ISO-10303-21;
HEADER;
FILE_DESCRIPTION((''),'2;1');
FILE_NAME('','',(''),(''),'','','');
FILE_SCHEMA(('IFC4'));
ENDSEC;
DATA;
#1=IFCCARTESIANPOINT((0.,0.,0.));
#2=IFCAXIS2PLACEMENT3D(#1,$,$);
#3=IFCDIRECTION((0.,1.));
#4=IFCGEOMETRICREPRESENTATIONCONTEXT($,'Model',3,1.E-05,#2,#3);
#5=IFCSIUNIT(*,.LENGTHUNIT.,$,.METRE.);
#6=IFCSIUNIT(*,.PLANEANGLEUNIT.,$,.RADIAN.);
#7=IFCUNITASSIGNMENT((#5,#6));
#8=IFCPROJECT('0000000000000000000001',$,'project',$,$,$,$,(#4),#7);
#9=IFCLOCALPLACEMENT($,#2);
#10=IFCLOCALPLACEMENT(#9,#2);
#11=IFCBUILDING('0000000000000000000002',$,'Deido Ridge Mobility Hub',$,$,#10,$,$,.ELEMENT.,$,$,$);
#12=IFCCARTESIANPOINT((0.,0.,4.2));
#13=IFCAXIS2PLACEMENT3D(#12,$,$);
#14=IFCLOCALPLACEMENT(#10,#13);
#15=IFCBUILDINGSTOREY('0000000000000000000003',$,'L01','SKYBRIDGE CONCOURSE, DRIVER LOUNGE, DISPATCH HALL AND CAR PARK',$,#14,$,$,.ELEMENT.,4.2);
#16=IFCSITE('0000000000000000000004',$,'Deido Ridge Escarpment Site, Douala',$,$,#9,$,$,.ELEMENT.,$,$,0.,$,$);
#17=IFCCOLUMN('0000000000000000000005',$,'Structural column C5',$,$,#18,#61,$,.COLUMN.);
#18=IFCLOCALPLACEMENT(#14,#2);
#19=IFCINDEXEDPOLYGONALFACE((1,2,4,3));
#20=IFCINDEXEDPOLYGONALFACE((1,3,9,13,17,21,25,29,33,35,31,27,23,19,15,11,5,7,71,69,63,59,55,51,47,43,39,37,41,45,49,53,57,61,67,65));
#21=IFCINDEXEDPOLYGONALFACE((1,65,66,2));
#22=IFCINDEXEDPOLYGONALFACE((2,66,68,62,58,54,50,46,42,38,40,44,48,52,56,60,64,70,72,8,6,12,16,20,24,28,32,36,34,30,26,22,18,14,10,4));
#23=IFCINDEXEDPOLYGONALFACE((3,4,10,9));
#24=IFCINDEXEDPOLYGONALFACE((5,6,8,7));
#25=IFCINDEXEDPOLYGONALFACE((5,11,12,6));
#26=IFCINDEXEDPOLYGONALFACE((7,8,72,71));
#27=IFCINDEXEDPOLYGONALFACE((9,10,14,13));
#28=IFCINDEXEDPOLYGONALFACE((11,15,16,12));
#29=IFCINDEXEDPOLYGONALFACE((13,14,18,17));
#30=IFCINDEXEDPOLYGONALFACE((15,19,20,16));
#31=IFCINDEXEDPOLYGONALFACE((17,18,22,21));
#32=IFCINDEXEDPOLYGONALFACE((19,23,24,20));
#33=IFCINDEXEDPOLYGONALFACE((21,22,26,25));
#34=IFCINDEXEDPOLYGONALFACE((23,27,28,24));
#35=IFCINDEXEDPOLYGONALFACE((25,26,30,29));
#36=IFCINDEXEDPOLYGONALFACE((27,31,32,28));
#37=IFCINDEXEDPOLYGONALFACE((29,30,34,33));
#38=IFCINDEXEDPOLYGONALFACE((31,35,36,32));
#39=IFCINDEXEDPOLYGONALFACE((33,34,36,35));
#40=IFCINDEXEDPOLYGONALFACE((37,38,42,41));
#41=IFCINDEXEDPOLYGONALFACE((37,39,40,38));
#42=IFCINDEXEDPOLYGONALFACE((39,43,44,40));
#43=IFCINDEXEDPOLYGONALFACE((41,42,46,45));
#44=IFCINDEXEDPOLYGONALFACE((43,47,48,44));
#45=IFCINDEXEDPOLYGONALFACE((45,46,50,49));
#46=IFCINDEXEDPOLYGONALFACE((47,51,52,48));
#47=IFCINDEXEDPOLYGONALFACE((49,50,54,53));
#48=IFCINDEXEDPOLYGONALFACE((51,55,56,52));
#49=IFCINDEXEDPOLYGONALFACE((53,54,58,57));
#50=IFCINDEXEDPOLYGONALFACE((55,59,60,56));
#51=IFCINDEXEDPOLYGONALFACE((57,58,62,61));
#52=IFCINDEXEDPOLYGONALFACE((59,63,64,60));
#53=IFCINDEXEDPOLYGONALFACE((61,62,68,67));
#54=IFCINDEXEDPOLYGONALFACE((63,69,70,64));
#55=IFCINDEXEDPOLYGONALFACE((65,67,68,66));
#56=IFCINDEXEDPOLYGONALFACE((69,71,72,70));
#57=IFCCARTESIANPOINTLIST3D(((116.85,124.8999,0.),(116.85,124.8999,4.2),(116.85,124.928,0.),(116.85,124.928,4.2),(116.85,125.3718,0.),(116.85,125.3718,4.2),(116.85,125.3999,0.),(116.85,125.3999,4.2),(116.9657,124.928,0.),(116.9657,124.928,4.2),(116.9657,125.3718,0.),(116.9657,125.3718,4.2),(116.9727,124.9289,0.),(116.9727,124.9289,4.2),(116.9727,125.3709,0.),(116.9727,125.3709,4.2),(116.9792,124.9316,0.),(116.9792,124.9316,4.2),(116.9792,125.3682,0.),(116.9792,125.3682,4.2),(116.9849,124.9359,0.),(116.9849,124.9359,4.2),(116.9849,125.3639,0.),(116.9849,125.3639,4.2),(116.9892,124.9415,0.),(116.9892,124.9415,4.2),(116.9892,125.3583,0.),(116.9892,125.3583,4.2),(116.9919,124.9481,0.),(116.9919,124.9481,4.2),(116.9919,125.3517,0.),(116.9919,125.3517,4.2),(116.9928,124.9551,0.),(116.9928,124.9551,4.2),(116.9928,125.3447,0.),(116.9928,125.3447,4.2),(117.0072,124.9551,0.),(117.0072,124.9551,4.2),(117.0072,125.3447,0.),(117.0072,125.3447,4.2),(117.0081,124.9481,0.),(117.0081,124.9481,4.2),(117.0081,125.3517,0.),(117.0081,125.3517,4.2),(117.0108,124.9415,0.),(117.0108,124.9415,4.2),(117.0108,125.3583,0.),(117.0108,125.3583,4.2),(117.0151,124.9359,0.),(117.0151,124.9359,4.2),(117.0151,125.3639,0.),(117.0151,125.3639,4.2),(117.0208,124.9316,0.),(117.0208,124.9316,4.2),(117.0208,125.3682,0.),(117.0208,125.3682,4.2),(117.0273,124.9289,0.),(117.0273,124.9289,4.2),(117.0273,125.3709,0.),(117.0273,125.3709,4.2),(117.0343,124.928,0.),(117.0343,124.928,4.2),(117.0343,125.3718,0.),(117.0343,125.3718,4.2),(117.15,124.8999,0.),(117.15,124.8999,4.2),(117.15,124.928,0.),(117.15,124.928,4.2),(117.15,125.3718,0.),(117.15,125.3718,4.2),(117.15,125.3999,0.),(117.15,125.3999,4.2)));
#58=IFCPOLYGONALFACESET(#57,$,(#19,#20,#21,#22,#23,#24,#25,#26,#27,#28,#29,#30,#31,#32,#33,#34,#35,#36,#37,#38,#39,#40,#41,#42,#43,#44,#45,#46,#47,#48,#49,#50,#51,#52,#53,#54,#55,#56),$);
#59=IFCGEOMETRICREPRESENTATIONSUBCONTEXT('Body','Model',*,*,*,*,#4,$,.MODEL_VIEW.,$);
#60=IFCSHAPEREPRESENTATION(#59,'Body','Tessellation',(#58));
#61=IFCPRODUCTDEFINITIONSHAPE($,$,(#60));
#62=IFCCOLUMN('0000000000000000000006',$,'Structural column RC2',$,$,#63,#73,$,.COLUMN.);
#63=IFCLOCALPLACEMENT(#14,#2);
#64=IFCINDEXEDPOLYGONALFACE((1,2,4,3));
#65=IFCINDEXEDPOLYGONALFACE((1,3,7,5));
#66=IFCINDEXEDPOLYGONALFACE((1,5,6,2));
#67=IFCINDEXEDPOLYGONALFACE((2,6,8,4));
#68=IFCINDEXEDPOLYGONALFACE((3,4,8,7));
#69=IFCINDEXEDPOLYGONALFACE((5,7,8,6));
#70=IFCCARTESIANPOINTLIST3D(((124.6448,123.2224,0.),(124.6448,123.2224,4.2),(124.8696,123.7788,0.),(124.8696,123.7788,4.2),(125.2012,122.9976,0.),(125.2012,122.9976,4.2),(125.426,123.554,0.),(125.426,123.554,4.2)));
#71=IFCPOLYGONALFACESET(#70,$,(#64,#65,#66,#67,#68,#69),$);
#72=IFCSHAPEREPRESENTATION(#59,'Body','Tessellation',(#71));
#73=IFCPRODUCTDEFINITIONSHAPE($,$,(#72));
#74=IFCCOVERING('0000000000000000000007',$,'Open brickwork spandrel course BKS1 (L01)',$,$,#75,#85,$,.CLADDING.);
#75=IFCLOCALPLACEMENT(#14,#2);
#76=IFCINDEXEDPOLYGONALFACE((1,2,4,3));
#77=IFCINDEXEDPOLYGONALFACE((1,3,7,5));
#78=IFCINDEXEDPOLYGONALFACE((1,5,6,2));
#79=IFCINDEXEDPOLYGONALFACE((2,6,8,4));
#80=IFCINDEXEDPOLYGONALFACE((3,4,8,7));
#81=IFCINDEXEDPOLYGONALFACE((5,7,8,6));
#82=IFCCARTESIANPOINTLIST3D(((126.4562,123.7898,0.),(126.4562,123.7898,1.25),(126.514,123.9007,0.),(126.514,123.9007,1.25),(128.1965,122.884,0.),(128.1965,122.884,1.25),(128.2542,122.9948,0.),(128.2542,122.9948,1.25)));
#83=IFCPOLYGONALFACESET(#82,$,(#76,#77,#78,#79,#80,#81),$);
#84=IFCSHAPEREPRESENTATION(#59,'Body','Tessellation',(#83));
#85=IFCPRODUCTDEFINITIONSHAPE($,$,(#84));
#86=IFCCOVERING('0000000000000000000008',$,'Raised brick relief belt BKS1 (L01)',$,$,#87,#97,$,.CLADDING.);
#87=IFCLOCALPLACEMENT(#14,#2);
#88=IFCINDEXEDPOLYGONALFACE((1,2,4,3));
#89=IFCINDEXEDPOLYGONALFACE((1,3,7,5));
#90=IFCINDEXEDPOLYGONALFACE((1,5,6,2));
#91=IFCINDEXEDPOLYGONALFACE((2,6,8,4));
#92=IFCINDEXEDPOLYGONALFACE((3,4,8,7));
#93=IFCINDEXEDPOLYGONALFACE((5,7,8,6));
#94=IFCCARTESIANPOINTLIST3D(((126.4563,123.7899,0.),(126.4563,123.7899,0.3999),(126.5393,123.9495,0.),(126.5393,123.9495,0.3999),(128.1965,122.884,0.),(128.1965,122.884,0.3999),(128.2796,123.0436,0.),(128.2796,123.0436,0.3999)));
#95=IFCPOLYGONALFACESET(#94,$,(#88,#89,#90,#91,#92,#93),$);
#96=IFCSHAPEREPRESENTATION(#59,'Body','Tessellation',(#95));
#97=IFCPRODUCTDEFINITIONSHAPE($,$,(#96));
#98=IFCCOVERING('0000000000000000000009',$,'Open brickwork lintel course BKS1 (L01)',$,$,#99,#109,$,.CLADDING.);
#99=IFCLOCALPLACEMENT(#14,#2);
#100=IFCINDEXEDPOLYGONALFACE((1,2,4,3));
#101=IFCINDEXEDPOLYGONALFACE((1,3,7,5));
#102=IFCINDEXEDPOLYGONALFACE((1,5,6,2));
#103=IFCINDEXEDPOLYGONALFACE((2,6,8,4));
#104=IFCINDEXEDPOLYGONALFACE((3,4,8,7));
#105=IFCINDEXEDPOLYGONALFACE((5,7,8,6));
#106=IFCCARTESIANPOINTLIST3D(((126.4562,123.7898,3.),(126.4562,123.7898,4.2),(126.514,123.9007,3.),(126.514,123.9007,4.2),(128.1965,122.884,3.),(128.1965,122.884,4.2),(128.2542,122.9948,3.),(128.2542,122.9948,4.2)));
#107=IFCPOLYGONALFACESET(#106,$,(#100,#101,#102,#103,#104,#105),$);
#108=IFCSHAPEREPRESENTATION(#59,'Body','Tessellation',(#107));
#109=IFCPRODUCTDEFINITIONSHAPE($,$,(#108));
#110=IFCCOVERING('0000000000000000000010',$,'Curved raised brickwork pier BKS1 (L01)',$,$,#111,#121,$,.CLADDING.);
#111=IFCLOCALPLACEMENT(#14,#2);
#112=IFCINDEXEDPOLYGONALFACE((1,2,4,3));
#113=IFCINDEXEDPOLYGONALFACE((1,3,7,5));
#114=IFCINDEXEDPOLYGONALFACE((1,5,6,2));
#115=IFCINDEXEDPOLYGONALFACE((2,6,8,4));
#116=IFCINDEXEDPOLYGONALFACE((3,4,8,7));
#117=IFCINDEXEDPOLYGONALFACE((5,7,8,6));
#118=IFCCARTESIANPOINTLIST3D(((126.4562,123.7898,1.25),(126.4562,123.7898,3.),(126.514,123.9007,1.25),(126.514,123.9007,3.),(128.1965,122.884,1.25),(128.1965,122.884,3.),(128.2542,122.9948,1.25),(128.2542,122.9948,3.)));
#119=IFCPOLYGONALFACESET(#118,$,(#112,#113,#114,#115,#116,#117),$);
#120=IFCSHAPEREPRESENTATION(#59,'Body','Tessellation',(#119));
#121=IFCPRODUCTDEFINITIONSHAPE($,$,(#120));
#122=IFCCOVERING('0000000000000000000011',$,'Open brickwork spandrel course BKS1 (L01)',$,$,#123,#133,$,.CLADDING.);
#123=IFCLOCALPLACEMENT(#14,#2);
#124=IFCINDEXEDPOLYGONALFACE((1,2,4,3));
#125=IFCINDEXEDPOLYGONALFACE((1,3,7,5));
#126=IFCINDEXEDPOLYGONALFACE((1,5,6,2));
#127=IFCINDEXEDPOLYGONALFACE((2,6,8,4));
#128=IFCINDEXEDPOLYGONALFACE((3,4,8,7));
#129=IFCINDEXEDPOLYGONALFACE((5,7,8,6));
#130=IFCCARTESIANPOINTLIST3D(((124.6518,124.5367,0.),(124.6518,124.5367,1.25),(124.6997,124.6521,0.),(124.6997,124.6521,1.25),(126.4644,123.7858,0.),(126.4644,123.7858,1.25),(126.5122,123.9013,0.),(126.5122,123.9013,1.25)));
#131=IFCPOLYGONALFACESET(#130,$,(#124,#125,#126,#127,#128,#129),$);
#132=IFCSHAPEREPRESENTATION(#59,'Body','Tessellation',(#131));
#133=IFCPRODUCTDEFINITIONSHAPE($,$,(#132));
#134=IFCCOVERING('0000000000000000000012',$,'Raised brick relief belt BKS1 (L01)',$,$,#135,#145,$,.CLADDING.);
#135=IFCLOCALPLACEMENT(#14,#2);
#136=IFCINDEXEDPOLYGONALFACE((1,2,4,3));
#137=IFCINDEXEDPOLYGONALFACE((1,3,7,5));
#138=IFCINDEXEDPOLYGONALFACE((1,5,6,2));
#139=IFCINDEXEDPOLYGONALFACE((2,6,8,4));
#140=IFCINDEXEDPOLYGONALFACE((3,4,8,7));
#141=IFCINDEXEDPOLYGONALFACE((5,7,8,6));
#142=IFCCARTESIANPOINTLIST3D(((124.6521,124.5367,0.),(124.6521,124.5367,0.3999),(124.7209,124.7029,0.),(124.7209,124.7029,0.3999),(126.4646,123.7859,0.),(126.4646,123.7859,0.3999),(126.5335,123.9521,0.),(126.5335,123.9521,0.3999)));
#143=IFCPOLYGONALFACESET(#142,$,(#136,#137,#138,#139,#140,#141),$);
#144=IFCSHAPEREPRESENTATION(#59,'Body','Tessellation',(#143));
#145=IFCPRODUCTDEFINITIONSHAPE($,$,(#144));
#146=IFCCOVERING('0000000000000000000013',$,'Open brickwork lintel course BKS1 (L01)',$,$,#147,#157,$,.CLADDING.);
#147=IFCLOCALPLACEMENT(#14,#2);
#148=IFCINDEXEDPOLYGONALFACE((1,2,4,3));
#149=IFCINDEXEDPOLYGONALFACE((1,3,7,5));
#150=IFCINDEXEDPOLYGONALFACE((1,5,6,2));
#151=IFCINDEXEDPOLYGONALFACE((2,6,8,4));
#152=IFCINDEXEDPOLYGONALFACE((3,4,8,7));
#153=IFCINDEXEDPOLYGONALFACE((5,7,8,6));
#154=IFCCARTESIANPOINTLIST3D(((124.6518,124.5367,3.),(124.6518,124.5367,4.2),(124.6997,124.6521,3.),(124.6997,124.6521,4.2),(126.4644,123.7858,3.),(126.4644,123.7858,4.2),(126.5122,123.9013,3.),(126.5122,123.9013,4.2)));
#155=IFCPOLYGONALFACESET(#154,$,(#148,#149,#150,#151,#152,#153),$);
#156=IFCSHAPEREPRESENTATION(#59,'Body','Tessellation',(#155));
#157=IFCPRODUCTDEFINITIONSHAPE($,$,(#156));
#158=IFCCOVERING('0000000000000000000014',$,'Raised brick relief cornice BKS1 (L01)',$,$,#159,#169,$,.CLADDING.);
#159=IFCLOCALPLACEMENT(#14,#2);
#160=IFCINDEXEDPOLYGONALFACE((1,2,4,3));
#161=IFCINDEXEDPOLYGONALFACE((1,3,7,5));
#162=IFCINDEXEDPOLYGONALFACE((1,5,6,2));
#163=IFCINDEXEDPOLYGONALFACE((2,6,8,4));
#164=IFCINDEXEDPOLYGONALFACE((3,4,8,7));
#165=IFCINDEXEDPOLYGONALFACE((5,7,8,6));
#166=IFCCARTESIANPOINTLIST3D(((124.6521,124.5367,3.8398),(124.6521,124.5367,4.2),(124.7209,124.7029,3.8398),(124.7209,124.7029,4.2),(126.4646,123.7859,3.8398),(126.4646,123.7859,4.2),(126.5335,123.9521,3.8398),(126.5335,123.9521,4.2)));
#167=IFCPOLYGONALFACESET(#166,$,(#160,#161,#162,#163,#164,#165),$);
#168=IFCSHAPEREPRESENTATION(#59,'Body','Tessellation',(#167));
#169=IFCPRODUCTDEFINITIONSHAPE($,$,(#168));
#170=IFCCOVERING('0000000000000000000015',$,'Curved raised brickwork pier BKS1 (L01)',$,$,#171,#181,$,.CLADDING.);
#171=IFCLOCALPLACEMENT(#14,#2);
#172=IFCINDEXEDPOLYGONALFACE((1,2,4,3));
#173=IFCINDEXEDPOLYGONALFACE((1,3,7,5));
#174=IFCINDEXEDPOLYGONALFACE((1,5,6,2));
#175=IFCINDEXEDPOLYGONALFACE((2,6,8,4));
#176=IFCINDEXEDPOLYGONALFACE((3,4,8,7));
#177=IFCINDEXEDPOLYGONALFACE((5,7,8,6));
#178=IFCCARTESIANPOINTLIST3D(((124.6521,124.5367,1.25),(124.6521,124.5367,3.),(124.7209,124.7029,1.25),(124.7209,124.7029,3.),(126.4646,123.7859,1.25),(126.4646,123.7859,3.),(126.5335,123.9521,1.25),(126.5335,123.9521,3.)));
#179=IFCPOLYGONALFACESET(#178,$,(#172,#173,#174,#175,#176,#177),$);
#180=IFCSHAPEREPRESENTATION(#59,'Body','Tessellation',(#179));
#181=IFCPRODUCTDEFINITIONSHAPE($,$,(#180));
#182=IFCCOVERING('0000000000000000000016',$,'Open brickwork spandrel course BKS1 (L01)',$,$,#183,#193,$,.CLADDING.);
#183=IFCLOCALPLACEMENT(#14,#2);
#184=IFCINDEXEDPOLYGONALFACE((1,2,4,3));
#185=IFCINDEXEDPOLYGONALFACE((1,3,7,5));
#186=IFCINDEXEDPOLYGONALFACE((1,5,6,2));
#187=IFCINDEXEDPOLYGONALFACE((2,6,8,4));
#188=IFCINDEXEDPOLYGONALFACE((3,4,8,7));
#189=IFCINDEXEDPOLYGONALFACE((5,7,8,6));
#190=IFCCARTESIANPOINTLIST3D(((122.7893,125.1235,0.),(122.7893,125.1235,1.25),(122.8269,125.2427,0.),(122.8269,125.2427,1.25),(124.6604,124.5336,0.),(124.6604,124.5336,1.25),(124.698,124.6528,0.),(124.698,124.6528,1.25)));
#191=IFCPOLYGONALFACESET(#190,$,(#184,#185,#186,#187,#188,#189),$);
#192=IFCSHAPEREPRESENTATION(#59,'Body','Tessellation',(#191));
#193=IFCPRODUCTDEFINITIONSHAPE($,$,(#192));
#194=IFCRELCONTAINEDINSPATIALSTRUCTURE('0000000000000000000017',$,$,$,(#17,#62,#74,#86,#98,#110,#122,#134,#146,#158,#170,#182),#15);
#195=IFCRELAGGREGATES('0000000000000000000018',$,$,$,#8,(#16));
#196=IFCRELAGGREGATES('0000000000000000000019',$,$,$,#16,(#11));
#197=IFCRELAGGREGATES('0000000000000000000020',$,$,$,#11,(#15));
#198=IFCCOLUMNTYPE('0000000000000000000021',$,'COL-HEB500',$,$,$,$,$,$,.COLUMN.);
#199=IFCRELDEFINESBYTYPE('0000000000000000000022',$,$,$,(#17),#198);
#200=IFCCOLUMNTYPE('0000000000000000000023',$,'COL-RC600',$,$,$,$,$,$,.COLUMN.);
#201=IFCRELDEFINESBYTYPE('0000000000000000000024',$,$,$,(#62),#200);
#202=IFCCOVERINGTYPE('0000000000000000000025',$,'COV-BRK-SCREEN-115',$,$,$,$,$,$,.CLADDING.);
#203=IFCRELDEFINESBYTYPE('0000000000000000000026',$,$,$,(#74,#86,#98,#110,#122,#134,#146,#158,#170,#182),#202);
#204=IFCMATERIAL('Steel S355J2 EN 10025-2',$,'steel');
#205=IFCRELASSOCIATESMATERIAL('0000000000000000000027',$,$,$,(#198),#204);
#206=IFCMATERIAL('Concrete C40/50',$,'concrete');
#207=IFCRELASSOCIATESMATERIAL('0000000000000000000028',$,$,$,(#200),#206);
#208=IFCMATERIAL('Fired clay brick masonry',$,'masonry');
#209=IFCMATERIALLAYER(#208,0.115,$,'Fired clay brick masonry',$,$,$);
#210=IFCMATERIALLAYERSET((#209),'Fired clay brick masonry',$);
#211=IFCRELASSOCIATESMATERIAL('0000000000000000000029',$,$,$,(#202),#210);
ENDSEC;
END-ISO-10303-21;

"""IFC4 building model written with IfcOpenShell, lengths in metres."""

from ifc_helpers import new_model, si_unit, direction, frame, origin, origin_2d, place, context, subcontext, project, spatial, rectangle, i_section, extrude, material, layer, layer_set, material_profile, profile_set, type_object, element, save


model = new_model("IFC4")

# Units and contexts
model_context = context("Model", 3, precision=1e-05, world=origin(), true_north=direction((0.0, 1.0)))
body_context = subcontext(model_context, "Body", "Model", "MODEL_VIEW")
ifc_project = project(units=[si_unit("LENGTHUNIT", "METRE"), si_unit("PLANEANGLEUNIT", "RADIAN")], contexts=[model_context])

# Site, building, storey
site_placement = place(None, origin())
site = spatial("IfcSite", under=ifc_project, at=site_placement, Name="Deido Ridge Escarpment Site, Douala", CompositionType="ELEMENT", RefElevation=0.0)
building_placement = place(site_placement, origin())
building = spatial("IfcBuilding", under=site, at=building_placement, Name="Deido Ridge Mobility Hub", CompositionType="ELEMENT")
storey_placement = place(building_placement, frame((0.0, 0.0, 4.2)))
storey = spatial("IfcBuildingStorey", under=building, at=storey_placement, Name="L01", Description="SKYBRIDGE CONCOURSE, DRIVER LOUNGE, DISPATCH HALL AND CAR PARK", CompositionType="ELEMENT", Elevation=4.2)

# Columns
ifc_material_1 = material(Name="Steel S355J2 EN 10025-2", Category="steel")
ifc_material_profile_1 = material_profile(ifc_material_1, i_section(OverallWidth=0.3, OverallDepth=0.5, WebThickness=0.0144, FlangeThickness=0.0281, FilletRadius=0.0271, at=origin_2d()), Name="HEB 500")
ifc_profile_set_1 = profile_set([ifc_material_profile_1], Name="Steel S355J2 EN 10025-2")
column_type_1 = type_object("IfcColumnType", Name="COL-HEB500", PredefinedType="COLUMN", material=ifc_profile_set_1)
column_1_placement = place(storey_placement, frame((117.0, 125.1499, 0.0), z_axis=(0.0, 0.0, 1.0), x_axis=(1.0, 0.0, 0.0)))
element("IfcColumn", 1, at=column_1_placement, inside=storey, type_object=column_type_1, Name="Structural column C5", PredefinedType="COLUMN", context=body_context, shape_type="SweptSolid", body=[
    extrude(i_section(OverallWidth=0.3, OverallDepth=0.5, WebThickness=0.0144, FlangeThickness=0.0281, FilletRadius=0.0271, at=origin_2d()), origin(), (0.0, 0.0, 1.0), 4.2),
])
ifc_material_2 = material(Name="Concrete C40/50", Category="concrete")
ifc_material_profile_2 = material_profile(ifc_material_2, rectangle(XDim=0.6001, YDim=0.6001, at=origin_2d()), Name="RC COL 600x600")
ifc_profile_set_2 = profile_set([ifc_material_profile_2], Name="Concrete C40/50")
column_type_2 = type_object("IfcColumnType", Name="COL-RC600", PredefinedType="COLUMN", material=ifc_profile_set_2)
column_2_placement = place(storey_placement, frame((125.0354, 123.3882, 0.0), z_axis=(0.0, 0.0, 1.0), x_axis=(0.374607, 0.927184, 0.0)))
element("IfcColumn", 2, at=column_2_placement, inside=storey, type_object=column_type_2, Name="Structural column RC2", PredefinedType="COLUMN", context=body_context, shape_type="SweptSolid", body=[
    extrude(rectangle(XDim=0.6001, YDim=0.6001, at=origin_2d()), origin(), (0.0, 0.0, 1.0), 4.2),
])

# Coverings
ifc_material_3 = material(Name="Fired clay brick masonry", Category="masonry")
ifc_layer = layer(ifc_material_3, 0.115, Name="Fired clay brick masonry")
ifc_layer_set = layer_set([ifc_layer], Name="Fired clay brick masonry")
covering_type = type_object("IfcCoveringType", Name="COV-BRK-SCREEN-115", PredefinedType="CLADDING", material=ifc_layer_set)
covering_1_placement = place(storey_placement, frame((127.3552, 123.3923, 0.0), z_axis=(0.0, 0.0, 1.0), x_axis=(-0.887019, 0.461733, 0.0)))
element("IfcCovering", 3, at=covering_1_placement, inside=storey, type_object=covering_type, Name="Open brickwork spandrel course BKS1 (L01)", PredefinedType="CLADDING", context=body_context, shape_type="SweptSolid", body=[
    extrude(rectangle(XDim=1.9619, YDim=0.125, at=origin_2d()), origin(), (0.0, 0.0, 1.0), 1.25),
])
covering_2_placement = place(storey_placement, frame((127.3679, 123.4167, 0.0), z_axis=(0.0, 0.0, 1.0), x_axis=(-0.887019, 0.461733, 0.0)))
element("IfcCovering", 4, at=covering_2_placement, inside=storey, type_object=covering_type, Name="Raised brick relief belt BKS1 (L01)", PredefinedType="CLADDING", context=body_context, shape_type="SweptSolid", body=[
    extrude(rectangle(XDim=1.9619, YDim=0.1799, at=origin_2d()), origin(), (0.0, 0.0, 1.0), 0.3999),
])
covering_3_placement = place(storey_placement, frame((127.3552, 123.3923, 3.0), z_axis=(0.0, 0.0, 1.0), x_axis=(-0.887019, 0.461733, 0.0)))
element("IfcCovering", 5, at=covering_3_placement, inside=storey, type_object=covering_type, Name="Open brickwork lintel course BKS1 (L01)", PredefinedType="CLADDING", context=body_context, shape_type="SweptSolid", body=[
    extrude(rectangle(XDim=1.9619, YDim=0.125, at=origin_2d()), origin(), (0.0, 0.0, 1.0), 1.2),
])
covering_4_placement = place(storey_placement, frame((127.3552, 123.3923, 1.25), z_axis=(0.0, 0.0, 1.0), x_axis=(-0.887019, 0.461733, 0.0)))
element("IfcCovering", 6, at=covering_4_placement, inside=storey, type_object=covering_type, Name="Curved raised brickwork pier BKS1 (L01)", PredefinedType="CLADDING", context=body_context, shape_type="SweptSolid", body=[
    extrude(rectangle(XDim=1.9619, YDim=0.125, at=origin_2d()), origin(), (0.0, 0.0, 1.0), 1.75),
])
covering_5_placement = place(storey_placement, frame((125.582, 124.219, 0.0), z_axis=(0.0, 0.0, 1.0), x_axis=(-0.923873, 0.3827, 0.0)))
element("IfcCovering", 7, at=covering_5_placement, inside=storey, type_object=covering_type, Name="Open brickwork spandrel course BKS1 (L01)", PredefinedType="CLADDING", context=body_context, shape_type="SweptSolid", body=[
    extrude(rectangle(XDim=1.9619, YDim=0.125, at=origin_2d()), origin(), (0.0, 0.0, 1.0), 1.25),
])
covering_6_placement = place(storey_placement, frame((125.5928, 124.2444, 0.0), z_axis=(0.0, 0.0, 1.0), x_axis=(-0.923873, 0.3827, 0.0)))
element("IfcCovering", 8, at=covering_6_placement, inside=storey, type_object=covering_type, Name="Raised brick relief belt BKS1 (L01)", PredefinedType="CLADDING", context=body_context, shape_type="SweptSolid", body=[
    extrude(rectangle(XDim=1.9619, YDim=0.1799, at=origin_2d()), origin(), (0.0, 0.0, 1.0), 0.3999),
])
covering_7_placement = place(storey_placement, frame((125.582, 124.219, 3.0), z_axis=(0.0, 0.0, 1.0), x_axis=(-0.923873, 0.3827, 0.0)))
element("IfcCovering", 9, at=covering_7_placement, inside=storey, type_object=covering_type, Name="Open brickwork lintel course BKS1 (L01)", PredefinedType="CLADDING", context=body_context, shape_type="SweptSolid", body=[
    extrude(rectangle(XDim=1.9619, YDim=0.125, at=origin_2d()), origin(), (0.0, 0.0, 1.0), 1.2),
])
covering_8_placement = place(storey_placement, frame((125.5928, 124.2444, 3.8398), z_axis=(0.0, 0.0, 1.0), x_axis=(-0.923873, 0.3827, 0.0)))
element("IfcCovering", 10, at=covering_8_placement, inside=storey, type_object=covering_type, Name="Raised brick relief cornice BKS1 (L01)", PredefinedType="CLADDING", context=body_context, shape_type="SweptSolid", body=[
    extrude(rectangle(XDim=1.9619, YDim=0.1799, at=origin_2d()), origin(), (0.0, 0.0, 1.0), 0.3601),
])
covering_9_placement = place(storey_placement, frame((125.5928, 124.2444, 1.25), z_axis=(0.0, 0.0, 1.0), x_axis=(-0.923873, 0.3827, 0.0)))
element("IfcCovering", 11, at=covering_9_placement, inside=storey, type_object=covering_type, Name="Curved raised brickwork pier BKS1 (L01)", PredefinedType="CLADDING", context=body_context, shape_type="SweptSolid", body=[
    extrude(rectangle(XDim=1.9619, YDim=0.1799, at=origin_2d()), origin(), (0.0, 0.0, 1.0), 1.75),
])
covering_10_placement = place(storey_placement, frame((123.7437, 124.8882, 0.0), z_axis=(0.0, 0.0, 1.0), x_axis=(-0.953727, 0.300673, 0.0)))
element("IfcCovering", 12, at=covering_10_placement, inside=storey, type_object=covering_type, Name="Open brickwork spandrel course BKS1 (L01)", PredefinedType="CLADDING", context=body_context, shape_type="SweptSolid", body=[
    extrude(rectangle(XDim=1.9619, YDim=0.125, at=origin_2d()), origin(), (0.0, 0.0, 1.0), 1.25),
])

save(model, "model.ifc")
